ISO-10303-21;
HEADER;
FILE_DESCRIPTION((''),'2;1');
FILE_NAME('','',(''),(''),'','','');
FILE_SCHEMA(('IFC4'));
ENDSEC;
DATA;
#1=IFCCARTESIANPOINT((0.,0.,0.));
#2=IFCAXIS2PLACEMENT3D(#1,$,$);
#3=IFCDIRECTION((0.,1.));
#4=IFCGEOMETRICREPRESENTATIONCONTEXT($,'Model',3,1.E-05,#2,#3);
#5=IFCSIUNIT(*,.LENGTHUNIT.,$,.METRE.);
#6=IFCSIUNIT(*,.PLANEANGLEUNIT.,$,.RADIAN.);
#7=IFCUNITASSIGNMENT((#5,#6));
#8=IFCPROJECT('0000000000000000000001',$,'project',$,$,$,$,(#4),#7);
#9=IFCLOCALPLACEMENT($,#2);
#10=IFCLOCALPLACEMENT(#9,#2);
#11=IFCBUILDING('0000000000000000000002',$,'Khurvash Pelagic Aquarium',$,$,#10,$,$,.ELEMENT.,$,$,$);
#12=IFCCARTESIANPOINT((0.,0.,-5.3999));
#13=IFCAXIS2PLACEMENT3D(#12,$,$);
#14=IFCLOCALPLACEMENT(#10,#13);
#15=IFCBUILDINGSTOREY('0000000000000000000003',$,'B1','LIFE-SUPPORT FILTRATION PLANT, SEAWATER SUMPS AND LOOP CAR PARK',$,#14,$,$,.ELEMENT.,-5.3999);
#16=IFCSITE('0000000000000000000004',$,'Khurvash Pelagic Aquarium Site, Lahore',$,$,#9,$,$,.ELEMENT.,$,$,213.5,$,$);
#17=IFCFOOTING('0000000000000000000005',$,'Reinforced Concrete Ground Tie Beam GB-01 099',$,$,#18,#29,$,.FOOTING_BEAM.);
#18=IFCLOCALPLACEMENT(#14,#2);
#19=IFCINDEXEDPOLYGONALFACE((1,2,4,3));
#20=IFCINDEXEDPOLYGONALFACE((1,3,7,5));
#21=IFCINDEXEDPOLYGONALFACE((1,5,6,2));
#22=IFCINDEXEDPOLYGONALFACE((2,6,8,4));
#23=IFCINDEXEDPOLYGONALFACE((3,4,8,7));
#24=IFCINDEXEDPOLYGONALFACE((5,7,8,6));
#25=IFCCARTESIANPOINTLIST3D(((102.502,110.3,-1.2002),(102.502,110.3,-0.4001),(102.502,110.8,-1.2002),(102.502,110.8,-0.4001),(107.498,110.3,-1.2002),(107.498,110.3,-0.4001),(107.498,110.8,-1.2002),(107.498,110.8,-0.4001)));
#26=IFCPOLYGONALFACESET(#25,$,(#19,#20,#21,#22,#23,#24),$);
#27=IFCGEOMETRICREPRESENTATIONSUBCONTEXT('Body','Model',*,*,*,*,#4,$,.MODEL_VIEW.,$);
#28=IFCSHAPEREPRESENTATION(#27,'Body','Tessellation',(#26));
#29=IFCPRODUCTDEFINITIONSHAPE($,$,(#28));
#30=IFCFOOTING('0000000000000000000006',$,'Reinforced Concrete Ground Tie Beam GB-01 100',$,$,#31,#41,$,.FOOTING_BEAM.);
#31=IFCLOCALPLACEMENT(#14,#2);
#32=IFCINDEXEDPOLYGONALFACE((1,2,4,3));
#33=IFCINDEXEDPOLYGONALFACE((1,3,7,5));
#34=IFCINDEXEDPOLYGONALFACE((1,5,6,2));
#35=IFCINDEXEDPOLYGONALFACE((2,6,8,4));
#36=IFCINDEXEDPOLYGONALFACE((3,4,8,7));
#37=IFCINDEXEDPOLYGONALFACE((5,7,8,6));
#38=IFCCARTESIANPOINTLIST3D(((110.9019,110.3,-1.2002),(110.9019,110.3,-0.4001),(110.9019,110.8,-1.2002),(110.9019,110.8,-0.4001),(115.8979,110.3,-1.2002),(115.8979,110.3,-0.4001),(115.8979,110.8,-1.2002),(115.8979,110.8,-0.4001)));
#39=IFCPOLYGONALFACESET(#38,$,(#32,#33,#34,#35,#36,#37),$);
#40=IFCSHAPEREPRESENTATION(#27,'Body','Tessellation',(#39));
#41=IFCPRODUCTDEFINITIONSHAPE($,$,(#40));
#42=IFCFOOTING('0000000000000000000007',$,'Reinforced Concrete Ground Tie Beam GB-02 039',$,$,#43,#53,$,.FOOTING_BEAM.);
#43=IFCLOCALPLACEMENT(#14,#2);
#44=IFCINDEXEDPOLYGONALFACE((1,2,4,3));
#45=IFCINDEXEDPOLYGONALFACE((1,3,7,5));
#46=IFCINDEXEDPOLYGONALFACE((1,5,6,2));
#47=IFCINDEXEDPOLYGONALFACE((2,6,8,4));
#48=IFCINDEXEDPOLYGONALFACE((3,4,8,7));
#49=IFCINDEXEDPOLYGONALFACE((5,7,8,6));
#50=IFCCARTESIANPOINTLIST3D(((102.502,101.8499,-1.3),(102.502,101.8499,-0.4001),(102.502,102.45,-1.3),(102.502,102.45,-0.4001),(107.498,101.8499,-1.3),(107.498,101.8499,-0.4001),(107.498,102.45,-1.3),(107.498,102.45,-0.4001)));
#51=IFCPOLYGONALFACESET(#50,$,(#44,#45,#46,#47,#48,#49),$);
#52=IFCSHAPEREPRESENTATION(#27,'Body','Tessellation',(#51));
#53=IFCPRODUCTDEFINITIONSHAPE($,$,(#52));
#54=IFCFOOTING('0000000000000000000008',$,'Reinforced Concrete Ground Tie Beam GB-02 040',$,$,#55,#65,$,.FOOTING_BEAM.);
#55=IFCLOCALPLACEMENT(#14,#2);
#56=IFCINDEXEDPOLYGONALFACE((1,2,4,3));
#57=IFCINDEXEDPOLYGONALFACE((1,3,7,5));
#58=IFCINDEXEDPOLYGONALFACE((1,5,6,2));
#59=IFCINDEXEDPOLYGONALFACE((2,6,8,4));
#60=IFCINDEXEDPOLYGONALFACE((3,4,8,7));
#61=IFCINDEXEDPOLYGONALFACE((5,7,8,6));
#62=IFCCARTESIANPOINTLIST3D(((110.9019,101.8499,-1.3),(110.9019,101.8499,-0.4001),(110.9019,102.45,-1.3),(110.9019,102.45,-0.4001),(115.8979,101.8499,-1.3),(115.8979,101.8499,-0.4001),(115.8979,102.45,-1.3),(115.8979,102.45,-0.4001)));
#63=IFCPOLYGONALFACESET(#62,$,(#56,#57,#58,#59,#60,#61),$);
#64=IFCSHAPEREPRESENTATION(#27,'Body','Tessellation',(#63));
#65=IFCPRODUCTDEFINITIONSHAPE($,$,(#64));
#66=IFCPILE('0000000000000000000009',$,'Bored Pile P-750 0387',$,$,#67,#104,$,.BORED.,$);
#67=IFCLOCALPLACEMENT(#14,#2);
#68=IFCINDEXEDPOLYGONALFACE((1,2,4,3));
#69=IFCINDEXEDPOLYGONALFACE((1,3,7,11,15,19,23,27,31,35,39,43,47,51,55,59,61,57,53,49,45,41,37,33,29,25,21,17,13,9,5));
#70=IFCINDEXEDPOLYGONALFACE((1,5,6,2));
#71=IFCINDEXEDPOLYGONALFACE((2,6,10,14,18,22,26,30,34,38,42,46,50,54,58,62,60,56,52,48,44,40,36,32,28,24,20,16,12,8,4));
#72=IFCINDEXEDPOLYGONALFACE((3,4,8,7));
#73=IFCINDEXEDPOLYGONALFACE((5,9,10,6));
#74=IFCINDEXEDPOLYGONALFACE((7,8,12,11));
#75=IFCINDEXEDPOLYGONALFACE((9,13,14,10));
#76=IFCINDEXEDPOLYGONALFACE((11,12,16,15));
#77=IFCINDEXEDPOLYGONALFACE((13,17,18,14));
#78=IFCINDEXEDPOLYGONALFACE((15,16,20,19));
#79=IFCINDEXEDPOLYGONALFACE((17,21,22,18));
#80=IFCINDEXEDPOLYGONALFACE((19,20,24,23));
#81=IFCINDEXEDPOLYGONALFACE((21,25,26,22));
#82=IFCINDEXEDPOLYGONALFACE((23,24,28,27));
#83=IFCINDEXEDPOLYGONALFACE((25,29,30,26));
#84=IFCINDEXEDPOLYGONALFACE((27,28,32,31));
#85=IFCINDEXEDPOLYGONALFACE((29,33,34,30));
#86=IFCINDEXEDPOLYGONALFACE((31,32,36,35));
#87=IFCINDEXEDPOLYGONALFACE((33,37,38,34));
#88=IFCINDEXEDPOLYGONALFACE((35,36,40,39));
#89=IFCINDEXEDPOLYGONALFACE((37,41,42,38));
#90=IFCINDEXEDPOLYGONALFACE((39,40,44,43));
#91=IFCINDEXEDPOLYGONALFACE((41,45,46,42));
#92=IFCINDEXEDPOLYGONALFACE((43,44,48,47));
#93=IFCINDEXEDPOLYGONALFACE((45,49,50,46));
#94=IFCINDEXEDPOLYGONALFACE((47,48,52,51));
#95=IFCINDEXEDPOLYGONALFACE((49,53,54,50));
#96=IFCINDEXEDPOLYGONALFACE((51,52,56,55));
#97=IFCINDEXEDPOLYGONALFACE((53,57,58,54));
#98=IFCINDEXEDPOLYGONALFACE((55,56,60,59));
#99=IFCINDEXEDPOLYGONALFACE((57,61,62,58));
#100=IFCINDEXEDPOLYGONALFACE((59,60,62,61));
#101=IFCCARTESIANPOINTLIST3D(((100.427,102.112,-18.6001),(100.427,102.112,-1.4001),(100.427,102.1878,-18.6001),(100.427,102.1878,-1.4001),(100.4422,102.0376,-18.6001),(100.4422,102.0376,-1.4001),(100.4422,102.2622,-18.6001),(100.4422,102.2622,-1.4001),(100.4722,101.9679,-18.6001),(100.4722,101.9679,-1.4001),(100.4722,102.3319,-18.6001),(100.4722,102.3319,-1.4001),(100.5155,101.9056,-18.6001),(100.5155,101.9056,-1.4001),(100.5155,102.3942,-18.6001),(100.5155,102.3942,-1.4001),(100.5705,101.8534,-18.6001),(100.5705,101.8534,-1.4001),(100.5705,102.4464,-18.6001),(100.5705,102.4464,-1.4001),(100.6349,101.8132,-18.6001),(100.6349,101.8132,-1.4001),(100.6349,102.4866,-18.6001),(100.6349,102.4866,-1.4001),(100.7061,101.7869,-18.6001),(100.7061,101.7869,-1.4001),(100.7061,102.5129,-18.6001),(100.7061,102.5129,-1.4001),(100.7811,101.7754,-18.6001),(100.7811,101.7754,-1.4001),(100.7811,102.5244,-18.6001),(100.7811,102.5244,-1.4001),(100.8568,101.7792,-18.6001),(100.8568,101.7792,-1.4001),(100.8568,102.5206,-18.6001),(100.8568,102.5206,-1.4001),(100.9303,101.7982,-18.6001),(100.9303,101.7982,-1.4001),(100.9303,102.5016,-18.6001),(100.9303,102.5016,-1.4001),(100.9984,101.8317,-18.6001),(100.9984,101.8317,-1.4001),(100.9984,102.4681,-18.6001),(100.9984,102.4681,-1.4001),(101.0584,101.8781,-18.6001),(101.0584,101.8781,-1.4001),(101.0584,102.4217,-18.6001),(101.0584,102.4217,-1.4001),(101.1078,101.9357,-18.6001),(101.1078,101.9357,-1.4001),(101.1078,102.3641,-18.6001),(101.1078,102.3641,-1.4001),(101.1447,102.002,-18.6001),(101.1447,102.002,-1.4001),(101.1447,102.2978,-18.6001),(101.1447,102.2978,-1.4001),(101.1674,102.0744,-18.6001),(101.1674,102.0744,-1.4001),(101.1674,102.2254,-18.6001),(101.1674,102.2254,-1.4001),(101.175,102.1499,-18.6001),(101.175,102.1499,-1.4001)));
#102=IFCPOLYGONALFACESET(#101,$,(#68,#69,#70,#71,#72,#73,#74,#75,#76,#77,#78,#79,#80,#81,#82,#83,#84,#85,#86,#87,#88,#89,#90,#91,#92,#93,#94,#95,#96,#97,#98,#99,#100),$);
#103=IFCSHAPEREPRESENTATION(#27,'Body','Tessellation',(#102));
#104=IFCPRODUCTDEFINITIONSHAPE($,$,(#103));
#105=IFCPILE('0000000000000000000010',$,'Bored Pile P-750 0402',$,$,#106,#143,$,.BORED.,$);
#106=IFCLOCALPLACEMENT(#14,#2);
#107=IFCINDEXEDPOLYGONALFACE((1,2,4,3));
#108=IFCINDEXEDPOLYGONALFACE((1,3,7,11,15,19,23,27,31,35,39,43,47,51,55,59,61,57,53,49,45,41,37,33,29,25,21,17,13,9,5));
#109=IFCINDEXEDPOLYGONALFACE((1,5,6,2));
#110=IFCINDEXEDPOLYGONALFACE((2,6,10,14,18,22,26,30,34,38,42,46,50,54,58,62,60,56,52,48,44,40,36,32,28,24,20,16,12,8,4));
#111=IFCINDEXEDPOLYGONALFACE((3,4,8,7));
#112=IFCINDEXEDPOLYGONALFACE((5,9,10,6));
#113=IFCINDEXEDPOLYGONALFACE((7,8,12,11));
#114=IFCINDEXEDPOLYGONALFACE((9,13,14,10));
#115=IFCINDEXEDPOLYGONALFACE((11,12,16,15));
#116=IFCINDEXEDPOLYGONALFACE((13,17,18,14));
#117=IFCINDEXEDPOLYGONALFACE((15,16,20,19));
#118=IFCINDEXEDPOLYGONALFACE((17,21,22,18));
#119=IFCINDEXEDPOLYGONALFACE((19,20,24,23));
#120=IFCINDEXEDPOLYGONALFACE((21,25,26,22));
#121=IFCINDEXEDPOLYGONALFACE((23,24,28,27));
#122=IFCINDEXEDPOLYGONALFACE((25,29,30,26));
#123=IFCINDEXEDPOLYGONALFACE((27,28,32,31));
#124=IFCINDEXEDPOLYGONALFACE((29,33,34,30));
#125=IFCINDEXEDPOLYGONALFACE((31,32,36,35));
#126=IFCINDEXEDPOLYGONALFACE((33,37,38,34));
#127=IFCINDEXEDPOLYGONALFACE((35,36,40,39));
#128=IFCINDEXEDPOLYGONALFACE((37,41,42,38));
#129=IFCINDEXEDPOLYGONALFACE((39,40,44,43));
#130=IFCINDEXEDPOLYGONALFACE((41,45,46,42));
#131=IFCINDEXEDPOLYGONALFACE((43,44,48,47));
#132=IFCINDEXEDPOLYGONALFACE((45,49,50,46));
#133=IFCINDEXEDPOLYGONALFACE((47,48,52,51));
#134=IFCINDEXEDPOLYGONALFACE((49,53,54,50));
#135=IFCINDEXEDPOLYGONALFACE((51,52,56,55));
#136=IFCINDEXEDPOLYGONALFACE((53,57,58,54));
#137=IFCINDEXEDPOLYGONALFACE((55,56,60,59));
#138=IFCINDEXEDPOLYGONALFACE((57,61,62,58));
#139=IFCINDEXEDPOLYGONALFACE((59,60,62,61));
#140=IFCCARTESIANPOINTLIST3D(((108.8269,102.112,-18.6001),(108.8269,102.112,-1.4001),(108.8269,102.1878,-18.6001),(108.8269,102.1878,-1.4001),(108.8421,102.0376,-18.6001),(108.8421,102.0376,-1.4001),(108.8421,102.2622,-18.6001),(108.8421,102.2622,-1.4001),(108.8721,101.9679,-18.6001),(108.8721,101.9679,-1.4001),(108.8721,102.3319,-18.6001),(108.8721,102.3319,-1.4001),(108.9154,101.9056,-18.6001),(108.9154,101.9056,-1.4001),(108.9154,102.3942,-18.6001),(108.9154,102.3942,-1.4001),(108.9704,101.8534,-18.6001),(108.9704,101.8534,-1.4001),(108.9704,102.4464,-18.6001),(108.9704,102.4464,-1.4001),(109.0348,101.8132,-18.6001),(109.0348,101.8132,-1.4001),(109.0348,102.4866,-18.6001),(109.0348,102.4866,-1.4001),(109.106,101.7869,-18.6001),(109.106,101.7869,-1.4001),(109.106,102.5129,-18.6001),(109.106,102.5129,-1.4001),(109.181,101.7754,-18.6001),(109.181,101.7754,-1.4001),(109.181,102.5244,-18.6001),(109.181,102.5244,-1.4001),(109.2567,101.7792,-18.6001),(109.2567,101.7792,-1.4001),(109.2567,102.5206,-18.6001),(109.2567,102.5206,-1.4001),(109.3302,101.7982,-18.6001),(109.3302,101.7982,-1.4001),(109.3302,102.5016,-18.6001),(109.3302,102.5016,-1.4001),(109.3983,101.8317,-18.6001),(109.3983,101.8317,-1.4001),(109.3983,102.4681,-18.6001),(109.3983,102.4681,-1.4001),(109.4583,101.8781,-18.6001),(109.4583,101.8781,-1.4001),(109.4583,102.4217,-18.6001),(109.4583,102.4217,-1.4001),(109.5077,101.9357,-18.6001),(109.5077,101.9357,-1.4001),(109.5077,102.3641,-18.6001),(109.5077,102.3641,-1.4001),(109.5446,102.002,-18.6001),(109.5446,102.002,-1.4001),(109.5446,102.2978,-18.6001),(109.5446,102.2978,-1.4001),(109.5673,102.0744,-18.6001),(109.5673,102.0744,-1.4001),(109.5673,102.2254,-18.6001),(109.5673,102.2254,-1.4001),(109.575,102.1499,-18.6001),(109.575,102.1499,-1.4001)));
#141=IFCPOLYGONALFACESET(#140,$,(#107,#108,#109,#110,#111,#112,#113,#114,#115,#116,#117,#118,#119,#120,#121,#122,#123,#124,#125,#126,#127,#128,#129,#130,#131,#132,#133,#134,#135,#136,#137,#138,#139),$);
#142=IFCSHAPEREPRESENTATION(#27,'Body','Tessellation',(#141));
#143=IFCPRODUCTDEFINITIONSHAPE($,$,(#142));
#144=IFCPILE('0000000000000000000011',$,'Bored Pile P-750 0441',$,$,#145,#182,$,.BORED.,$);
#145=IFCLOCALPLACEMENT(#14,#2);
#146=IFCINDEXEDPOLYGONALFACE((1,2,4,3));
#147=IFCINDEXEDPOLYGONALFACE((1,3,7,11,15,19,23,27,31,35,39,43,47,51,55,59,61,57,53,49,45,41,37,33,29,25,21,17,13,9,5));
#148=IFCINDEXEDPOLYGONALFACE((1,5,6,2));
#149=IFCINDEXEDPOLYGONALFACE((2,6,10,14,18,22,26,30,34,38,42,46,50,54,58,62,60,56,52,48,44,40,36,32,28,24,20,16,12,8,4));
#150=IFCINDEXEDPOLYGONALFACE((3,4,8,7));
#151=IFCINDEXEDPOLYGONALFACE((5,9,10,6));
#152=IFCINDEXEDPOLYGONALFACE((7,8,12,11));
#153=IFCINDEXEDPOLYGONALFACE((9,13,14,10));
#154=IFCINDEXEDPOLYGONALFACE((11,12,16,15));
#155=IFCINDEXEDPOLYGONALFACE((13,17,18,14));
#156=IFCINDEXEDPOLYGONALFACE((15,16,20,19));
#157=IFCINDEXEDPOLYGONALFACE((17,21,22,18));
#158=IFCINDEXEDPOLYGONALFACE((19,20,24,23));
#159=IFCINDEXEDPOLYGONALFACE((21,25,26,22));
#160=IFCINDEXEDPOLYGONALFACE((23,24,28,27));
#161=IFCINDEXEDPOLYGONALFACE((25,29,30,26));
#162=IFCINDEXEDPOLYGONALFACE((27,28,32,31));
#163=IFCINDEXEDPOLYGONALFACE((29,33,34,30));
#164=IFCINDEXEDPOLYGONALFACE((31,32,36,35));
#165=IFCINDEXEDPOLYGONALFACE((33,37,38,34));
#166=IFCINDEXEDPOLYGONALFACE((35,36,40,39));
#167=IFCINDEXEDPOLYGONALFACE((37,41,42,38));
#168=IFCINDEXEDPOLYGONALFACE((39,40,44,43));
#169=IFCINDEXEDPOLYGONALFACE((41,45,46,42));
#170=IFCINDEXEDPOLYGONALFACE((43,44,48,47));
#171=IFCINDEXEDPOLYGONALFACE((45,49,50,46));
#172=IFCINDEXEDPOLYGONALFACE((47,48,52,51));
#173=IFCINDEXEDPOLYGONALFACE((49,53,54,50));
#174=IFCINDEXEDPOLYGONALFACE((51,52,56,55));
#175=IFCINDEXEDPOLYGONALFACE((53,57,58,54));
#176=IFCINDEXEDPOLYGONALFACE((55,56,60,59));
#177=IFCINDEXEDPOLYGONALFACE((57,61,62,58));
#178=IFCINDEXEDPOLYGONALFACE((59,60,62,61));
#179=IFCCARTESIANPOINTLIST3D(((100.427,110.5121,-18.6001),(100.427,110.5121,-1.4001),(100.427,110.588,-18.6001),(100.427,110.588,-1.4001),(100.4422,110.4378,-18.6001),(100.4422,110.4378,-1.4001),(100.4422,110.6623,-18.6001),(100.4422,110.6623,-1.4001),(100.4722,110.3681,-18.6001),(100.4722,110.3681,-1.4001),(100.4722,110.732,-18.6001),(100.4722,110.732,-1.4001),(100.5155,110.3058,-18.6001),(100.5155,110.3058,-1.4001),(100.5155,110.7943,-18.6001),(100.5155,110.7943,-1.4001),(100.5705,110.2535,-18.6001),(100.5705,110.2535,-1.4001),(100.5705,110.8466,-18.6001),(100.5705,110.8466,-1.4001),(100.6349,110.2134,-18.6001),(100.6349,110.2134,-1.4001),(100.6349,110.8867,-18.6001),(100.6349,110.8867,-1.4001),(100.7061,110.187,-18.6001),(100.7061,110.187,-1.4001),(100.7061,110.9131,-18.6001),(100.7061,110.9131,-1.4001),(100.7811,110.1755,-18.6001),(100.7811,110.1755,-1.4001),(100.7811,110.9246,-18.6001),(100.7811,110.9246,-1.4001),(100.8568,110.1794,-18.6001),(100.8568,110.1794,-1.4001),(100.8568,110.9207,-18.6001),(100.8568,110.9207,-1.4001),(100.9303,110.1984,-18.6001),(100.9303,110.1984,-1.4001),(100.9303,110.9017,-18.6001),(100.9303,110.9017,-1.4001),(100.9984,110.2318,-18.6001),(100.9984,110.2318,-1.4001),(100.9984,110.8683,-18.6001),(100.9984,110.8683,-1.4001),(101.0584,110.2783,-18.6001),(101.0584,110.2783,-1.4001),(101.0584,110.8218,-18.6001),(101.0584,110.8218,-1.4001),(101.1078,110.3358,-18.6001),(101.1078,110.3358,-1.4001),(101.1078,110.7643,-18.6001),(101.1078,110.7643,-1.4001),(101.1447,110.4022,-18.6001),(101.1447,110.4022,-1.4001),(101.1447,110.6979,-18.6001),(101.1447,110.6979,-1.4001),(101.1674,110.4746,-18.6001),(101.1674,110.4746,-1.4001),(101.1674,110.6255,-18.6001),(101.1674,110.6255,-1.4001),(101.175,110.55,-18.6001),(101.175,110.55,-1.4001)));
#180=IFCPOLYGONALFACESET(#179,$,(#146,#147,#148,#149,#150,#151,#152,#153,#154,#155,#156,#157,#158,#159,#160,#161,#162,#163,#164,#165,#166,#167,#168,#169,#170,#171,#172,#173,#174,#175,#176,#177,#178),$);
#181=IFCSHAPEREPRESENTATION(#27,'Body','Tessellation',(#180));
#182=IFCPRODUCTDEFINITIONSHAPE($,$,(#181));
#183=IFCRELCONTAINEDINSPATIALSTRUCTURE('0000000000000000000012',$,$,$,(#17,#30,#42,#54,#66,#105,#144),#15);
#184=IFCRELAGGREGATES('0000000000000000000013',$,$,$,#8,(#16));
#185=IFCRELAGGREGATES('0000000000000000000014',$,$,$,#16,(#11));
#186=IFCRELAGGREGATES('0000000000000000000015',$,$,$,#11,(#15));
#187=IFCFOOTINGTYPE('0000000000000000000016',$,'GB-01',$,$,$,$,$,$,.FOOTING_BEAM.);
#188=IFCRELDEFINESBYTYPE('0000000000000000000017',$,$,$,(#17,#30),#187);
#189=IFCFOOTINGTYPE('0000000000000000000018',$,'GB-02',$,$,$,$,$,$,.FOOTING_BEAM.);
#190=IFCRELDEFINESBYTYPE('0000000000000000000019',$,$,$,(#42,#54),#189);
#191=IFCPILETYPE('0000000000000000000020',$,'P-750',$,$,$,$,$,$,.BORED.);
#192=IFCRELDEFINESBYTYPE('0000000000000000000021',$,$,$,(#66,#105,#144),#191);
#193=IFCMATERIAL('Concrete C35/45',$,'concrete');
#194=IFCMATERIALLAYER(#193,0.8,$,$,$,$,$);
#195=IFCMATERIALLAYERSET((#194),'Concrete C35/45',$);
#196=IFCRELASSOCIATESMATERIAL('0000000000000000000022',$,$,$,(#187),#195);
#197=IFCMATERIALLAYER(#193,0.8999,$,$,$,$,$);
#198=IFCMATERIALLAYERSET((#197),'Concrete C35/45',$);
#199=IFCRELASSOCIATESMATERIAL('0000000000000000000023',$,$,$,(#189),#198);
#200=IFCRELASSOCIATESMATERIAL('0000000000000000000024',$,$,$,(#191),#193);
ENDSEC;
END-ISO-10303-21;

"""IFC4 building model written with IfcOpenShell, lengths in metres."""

from ifc_helpers import new_model, si_unit, direction, frame, origin, origin_2d, place, context, subcontext, project, spatial, rectangle, circle, extrude, material, layer, layer_set, material_profile, profile_set, type_object, element, save


model = new_model("IFC4")

# Units and contexts
model_context = context("Model", 3, precision=1e-05, world=origin(), true_north=direction((0.0, 1.0)))
body_context = subcontext(model_context, "Body", "Model", "MODEL_VIEW")
ifc_project = project(units=[si_unit("LENGTHUNIT", "METRE"), si_unit("PLANEANGLEUNIT", "RADIAN")], contexts=[model_context])

# Site, building, storey
site_placement = place(None, origin())
site = spatial("IfcSite", under=ifc_project, at=site_placement, Name="Khurvash Pelagic Aquarium Site, Lahore", CompositionType="ELEMENT", RefElevation=213.5)
building_placement = place(site_placement, origin())
building = spatial("IfcBuilding", under=site, at=building_placement, Name="Khurvash Pelagic Aquarium", CompositionType="ELEMENT")
storey_placement = place(building_placement, frame((0.0, 0.0, -5.3999)))
storey = spatial("IfcBuildingStorey", under=building, at=storey_placement, Name="B1", Description="LIFE-SUPPORT FILTRATION PLANT, SEAWATER SUMPS AND LOOP CAR PARK", CompositionType="ELEMENT", Elevation=-5.3999)

# Footings
ifc_material_1 = material(Name="Concrete C35/45", Category="concrete")
ifc_layer_1 = layer(ifc_material_1, 0.8)
ifc_layer_set_1 = layer_set([ifc_layer_1], Name="Concrete C35/45")
footing_type_1 = type_object("IfcFootingType", Name="GB-01", PredefinedType="FOOTING_BEAM", material=ifc_layer_set_1)
for number, where, z_axis, x_axis, name in (
    (1, (105.0, 110.55, -1.2002), (0.0, 0.0, 1.0), (1.0, 0.0, 0.0), "Reinforced Concrete Ground Tie Beam GB-01 099"),
    (2, (113.3999, 110.55, -1.2002), (0.0, 0.0, 1.0), (1.0, 0.0, 0.0), "Reinforced Concrete Ground Tie Beam GB-01 100"),
):
    element("IfcFooting", number, at=place(storey_placement, frame(where, z_axis=z_axis, x_axis=x_axis)), inside=storey, type_object=footing_type_1, Name=name, PredefinedType="FOOTING_BEAM", context=body_context, shape_type="SweptSolid", body=[
        extrude(rectangle(XDim=4.9961, YDim=0.5, at=origin_2d()), origin(), (0.0, 0.0, 1.0), 0.8),
    ])
ifc_layer_2 = layer(ifc_material_1, 0.8999)
ifc_layer_set_2 = layer_set([ifc_layer_2], Name="Concrete C35/45")
footing_type_2 = type_object("IfcFootingType", Name="GB-02", PredefinedType="FOOTING_BEAM", material=ifc_layer_set_2)
for number, where, z_axis, x_axis, name in (
    (3, (105.0, 102.1499, -1.3), (0.0, 0.0, 1.0), (1.0, 0.0, 0.0), "Reinforced Concrete Ground Tie Beam GB-02 039"),
    (4, (113.3999, 102.1499, -1.3), (0.0, 0.0, 1.0), (1.0, 0.0, 0.0), "Reinforced Concrete Ground Tie Beam GB-02 040"),
):
    element("IfcFooting", number, at=place(storey_placement, frame(where, z_axis=z_axis, x_axis=x_axis)), inside=storey, type_object=footing_type_2, Name=name, PredefinedType="FOOTING_BEAM", context=body_context, shape_type="SweptSolid", body=[
        extrude(rectangle(XDim=4.9961, YDim=0.6001, at=origin_2d()), origin(), (0.0, 0.0, 1.0), 0.8999),
    ])

# Piles
ifc_material_profile_1 = material_profile(ifc_material_1, circle(Radius=0.375, at=origin_2d()), Name="PILE750")
ifc_profile_set_1 = profile_set([ifc_material_profile_1], Name="Concrete C35/45")
pile_type = type_object("IfcPileType", Name="P-750", PredefinedType="BORED", material=ifc_profile_set_1)
for number, where, z_axis, x_axis, name in (
    (5, (100.8, 102.1499, -1.4001), (0.0, 0.0, -1.0), (1.0, 0.0, 0.0), "Bored Pile P-750 0387"),
    (6, (109.2, 102.1499, -1.4001), (0.0, 0.0, -1.0), (1.0, 0.0, 0.0), "Bored Pile P-750 0402"),
    (7, (100.8, 110.55, -1.4001), (0.0, 0.0, -1.0), (1.0, 0.0, 0.0), "Bored Pile P-750 0441"),
):
    element("IfcPile", number, at=place(storey_placement, frame(where, z_axis=z_axis, x_axis=x_axis)), inside=storey, type_object=pile_type, Name=name, PredefinedType="BORED", context=body_context, shape_type="SweptSolid", body=[
        extrude(circle(Radius=0.375, at=origin_2d()), origin(), (0.0, 0.0, 1.0), 17.2),
    ])

save(model, "model.ifc")
